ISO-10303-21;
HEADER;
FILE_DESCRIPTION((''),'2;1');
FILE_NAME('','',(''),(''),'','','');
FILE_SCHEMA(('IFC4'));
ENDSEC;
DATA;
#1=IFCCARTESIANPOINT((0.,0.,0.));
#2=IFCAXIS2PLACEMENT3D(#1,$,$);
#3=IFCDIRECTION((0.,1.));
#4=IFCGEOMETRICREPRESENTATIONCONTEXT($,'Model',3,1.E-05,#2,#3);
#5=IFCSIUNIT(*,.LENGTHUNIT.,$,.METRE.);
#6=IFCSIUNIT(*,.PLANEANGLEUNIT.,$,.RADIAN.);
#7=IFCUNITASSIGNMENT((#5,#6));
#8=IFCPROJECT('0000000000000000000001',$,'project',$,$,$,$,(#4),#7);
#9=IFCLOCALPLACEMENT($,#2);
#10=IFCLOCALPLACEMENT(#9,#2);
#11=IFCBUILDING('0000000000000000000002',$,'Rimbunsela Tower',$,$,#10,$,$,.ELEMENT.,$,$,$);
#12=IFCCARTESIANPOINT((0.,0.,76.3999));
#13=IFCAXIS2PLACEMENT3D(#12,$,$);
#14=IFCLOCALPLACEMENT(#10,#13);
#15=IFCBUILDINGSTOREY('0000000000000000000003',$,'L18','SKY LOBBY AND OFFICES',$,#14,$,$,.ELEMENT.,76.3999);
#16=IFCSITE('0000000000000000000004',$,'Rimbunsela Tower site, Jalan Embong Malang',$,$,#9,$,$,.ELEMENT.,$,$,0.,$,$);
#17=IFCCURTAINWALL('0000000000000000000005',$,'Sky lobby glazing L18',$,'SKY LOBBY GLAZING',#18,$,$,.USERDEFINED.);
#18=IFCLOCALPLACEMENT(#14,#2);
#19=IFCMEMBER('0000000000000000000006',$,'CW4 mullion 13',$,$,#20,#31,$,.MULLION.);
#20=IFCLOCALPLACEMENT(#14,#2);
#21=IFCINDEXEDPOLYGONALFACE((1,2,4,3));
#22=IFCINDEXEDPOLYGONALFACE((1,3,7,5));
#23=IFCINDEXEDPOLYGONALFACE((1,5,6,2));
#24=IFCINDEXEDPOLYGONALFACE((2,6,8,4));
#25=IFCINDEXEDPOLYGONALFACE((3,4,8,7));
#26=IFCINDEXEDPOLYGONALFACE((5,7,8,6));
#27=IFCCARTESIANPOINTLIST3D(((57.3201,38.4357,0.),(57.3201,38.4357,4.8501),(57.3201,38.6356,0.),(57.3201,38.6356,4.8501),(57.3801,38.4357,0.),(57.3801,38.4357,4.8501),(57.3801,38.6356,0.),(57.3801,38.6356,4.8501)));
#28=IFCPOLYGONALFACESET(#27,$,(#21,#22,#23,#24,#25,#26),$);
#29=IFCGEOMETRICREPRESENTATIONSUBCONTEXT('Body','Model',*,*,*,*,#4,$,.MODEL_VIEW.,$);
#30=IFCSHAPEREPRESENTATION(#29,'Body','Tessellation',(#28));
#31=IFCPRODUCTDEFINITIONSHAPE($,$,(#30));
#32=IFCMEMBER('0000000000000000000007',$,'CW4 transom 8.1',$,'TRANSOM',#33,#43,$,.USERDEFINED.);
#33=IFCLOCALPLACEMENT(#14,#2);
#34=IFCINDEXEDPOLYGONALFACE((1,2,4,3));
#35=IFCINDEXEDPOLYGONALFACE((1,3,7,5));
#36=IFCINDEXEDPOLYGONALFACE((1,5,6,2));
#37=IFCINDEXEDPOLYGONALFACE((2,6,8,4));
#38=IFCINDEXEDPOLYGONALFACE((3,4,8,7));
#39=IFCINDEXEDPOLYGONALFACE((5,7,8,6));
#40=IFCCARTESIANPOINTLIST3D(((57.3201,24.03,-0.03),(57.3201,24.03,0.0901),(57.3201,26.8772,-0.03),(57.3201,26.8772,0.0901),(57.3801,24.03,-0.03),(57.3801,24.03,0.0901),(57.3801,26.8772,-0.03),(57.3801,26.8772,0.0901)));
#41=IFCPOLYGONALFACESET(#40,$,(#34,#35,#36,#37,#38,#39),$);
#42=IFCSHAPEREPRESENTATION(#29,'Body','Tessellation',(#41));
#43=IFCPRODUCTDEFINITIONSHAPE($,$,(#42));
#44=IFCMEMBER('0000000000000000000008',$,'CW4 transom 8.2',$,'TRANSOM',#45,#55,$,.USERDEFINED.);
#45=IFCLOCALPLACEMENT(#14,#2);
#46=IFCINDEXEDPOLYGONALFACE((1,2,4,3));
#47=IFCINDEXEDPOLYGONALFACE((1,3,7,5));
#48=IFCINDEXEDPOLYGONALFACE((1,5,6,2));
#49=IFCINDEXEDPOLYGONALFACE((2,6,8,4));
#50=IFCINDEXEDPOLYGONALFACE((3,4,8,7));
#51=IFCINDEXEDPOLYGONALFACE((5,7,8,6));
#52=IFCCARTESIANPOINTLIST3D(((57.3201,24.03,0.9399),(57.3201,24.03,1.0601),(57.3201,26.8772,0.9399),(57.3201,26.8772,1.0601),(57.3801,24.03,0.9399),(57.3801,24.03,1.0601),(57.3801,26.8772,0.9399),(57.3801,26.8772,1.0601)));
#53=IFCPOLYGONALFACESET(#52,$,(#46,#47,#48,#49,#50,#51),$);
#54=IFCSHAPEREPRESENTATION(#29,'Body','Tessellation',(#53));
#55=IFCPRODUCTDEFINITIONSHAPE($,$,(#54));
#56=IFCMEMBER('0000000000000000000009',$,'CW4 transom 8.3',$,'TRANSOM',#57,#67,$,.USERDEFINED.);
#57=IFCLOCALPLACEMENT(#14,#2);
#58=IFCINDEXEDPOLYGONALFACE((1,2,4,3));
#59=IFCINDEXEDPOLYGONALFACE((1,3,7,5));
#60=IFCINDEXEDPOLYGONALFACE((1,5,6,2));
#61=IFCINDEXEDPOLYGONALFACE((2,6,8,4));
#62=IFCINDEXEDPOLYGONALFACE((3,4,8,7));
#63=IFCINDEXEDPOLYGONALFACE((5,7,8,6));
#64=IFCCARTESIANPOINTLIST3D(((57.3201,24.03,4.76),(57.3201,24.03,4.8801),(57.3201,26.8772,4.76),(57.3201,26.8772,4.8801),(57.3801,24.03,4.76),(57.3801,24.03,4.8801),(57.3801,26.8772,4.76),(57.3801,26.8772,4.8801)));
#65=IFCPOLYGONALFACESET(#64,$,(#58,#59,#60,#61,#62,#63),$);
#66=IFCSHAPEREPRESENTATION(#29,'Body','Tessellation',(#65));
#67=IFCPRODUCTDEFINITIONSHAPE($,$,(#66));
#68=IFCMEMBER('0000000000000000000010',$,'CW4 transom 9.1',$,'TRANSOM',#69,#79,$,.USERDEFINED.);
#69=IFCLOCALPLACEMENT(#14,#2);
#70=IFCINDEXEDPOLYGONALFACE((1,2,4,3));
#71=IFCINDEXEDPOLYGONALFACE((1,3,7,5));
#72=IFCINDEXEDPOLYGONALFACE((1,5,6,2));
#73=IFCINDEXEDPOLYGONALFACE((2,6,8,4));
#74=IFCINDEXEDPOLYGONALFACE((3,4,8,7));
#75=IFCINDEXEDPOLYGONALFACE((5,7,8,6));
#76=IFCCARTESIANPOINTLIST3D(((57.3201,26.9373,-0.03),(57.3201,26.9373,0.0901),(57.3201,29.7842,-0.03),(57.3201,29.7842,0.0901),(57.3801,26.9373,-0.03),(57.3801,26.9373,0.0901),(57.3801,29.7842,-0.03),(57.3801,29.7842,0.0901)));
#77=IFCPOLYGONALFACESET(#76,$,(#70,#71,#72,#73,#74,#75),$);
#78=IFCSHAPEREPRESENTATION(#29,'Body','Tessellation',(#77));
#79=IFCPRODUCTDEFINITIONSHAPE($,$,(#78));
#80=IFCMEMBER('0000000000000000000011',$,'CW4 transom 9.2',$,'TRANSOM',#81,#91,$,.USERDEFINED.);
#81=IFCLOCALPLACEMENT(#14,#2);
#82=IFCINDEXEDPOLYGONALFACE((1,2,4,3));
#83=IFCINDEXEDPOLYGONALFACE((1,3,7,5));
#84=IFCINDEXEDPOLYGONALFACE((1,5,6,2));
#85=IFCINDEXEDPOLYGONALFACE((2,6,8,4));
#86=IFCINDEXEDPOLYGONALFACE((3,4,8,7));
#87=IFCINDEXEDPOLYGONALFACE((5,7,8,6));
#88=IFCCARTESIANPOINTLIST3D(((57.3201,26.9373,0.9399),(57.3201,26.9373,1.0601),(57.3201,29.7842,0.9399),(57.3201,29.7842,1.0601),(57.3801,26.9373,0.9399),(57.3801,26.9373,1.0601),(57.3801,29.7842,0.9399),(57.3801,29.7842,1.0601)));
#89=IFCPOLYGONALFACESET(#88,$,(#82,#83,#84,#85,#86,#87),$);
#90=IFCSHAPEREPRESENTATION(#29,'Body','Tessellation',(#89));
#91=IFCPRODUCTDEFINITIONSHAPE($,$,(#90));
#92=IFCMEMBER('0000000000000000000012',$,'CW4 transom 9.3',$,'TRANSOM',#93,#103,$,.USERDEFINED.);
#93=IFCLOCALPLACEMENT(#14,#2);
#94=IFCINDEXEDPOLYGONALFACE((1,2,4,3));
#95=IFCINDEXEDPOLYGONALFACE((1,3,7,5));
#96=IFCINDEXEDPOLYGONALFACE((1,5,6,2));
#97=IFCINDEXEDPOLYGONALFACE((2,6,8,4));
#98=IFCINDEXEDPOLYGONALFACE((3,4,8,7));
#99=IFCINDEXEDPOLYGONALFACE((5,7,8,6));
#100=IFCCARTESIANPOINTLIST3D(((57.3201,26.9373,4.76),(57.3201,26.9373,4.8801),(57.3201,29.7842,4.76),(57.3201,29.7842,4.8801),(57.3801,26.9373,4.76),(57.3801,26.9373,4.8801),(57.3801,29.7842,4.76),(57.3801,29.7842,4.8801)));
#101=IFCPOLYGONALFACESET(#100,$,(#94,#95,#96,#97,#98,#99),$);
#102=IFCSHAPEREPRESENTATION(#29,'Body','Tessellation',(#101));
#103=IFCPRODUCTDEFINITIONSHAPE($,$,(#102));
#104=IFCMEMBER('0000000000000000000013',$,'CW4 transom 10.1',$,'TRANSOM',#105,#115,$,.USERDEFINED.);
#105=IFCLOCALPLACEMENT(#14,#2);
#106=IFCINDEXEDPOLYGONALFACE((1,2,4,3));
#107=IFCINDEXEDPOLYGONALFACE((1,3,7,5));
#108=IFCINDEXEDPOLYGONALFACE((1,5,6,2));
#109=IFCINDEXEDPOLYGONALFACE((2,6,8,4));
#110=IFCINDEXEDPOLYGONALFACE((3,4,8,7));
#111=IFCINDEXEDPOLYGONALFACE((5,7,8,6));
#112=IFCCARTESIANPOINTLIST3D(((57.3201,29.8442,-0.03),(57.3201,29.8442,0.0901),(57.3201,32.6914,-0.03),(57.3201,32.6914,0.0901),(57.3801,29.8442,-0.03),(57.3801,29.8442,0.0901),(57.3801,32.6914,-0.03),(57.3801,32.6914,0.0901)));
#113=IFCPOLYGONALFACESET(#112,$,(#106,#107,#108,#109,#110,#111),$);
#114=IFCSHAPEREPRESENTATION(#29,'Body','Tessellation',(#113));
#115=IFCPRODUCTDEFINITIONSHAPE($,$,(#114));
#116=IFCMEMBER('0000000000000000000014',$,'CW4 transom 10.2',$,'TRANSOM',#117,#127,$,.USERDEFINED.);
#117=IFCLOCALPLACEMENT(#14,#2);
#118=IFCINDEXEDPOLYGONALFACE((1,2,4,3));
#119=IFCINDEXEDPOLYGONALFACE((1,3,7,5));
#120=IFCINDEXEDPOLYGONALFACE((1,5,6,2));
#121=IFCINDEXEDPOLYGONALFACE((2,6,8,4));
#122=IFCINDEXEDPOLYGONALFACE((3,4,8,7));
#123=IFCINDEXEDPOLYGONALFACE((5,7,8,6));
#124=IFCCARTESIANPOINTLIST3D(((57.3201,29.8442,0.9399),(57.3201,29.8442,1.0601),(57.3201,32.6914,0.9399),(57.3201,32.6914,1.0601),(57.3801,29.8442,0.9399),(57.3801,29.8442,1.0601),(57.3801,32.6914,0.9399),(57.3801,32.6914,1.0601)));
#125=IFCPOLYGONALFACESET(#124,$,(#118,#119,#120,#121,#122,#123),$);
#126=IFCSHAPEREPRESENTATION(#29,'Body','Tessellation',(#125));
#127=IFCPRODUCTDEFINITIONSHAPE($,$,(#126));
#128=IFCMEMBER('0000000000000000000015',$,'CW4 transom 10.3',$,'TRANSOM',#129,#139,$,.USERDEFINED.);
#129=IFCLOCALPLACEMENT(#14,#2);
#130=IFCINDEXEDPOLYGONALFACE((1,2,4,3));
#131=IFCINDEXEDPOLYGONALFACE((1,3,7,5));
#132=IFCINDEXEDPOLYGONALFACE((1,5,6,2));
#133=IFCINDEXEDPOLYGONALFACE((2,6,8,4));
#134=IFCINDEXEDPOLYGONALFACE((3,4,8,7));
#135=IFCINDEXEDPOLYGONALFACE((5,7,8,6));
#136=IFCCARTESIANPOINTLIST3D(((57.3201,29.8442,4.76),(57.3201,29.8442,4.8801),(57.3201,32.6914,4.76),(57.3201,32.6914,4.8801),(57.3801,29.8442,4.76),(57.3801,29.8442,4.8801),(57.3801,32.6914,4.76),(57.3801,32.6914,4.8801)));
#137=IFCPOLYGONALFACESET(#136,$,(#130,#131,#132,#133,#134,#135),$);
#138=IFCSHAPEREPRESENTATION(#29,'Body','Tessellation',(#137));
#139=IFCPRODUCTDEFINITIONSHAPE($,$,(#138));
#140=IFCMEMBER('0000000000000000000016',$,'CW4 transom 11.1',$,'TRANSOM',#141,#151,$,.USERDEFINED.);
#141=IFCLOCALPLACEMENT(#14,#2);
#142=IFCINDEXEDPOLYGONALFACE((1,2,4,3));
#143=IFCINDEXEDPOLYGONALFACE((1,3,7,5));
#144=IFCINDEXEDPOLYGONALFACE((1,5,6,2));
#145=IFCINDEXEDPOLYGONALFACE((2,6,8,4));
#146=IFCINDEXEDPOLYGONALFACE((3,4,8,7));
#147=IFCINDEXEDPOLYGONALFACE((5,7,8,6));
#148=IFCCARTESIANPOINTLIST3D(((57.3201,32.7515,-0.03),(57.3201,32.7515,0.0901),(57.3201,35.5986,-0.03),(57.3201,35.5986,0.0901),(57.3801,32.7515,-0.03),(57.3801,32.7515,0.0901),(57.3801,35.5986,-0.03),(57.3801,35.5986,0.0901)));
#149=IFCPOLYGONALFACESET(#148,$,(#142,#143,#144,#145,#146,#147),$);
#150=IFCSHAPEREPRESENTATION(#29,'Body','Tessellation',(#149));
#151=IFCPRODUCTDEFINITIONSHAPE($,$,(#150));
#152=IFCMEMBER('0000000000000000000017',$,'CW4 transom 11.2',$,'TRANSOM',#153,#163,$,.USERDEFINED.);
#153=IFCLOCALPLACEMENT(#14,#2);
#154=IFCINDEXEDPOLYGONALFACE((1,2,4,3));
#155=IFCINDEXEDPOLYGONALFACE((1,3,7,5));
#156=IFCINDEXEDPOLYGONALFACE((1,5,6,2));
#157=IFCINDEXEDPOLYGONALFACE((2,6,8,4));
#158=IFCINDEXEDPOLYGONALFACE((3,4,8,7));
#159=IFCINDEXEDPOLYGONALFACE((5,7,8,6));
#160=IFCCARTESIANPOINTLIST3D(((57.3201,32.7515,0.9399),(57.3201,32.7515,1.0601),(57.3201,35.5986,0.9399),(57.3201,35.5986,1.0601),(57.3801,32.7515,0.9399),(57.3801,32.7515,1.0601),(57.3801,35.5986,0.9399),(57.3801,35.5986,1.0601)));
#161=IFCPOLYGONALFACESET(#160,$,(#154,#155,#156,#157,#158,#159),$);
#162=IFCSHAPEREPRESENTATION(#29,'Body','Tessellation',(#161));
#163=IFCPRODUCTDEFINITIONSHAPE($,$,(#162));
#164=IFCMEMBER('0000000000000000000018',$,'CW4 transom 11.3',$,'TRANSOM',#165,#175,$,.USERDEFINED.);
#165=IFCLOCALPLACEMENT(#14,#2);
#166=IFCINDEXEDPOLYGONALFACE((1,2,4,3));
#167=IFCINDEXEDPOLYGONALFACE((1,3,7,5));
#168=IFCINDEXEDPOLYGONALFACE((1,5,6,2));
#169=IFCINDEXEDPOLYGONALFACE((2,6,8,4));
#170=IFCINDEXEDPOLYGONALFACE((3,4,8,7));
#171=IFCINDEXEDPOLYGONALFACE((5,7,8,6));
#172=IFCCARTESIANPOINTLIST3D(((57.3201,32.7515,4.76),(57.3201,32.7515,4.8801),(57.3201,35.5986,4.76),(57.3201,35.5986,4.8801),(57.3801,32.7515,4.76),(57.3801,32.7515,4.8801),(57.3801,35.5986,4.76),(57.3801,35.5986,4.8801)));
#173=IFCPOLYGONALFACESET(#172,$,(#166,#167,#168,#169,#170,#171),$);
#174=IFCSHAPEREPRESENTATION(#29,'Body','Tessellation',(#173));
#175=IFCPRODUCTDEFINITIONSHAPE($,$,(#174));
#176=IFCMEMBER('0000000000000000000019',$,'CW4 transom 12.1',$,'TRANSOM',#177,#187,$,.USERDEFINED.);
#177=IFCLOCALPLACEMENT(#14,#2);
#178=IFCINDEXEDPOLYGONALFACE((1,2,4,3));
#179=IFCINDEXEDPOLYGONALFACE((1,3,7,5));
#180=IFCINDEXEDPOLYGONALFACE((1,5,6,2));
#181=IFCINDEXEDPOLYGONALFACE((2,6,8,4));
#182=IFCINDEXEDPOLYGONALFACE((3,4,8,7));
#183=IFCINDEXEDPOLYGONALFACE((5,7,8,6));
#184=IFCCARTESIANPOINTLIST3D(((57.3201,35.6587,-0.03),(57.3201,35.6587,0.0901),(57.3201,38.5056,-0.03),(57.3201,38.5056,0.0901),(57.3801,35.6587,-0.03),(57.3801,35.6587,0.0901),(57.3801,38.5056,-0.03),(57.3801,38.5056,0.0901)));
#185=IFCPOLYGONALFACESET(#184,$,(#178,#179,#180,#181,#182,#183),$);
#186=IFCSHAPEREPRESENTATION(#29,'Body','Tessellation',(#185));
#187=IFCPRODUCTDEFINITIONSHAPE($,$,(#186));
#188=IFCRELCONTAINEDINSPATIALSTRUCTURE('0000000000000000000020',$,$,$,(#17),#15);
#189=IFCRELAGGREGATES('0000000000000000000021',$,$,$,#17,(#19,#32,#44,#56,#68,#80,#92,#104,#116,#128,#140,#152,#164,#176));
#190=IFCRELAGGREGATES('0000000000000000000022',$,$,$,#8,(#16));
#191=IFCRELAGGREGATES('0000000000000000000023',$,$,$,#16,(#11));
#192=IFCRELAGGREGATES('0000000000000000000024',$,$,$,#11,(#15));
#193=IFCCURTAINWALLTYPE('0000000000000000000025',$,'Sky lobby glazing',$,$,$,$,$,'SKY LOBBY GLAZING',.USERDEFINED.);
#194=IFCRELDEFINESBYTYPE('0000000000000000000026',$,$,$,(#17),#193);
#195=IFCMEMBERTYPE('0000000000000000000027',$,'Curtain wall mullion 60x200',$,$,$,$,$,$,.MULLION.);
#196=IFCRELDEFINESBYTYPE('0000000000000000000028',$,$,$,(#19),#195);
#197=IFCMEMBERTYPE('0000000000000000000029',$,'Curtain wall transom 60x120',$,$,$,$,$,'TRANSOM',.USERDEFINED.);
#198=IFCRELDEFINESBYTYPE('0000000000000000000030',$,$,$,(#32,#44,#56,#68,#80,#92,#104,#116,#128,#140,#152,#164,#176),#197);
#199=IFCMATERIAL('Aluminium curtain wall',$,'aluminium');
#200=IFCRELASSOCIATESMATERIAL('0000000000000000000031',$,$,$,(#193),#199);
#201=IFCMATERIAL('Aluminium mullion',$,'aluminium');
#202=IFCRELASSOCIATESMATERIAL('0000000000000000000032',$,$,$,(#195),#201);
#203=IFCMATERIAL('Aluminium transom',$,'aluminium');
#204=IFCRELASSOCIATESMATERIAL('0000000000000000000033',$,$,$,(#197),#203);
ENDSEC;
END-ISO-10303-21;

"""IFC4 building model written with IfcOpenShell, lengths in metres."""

from ifc_helpers import new_model, si_unit, direction, frame, origin, origin_2d, place, context, subcontext, project, spatial, rectangle, extrude, material, material_profile, profile_set, type_object, element, aggregate, save


model = new_model("IFC4")

# Units and contexts
model_context = context("Model", 3, precision=1e-05, world=origin(), true_north=direction((0.0, 1.0)))
body_context = subcontext(model_context, "Body", "Model", "MODEL_VIEW")
ifc_project = project(units=[si_unit("LENGTHUNIT", "METRE"), si_unit("PLANEANGLEUNIT", "RADIAN")], contexts=[model_context])

# Site, building, storey
site_placement = place(None, origin())
site = spatial("IfcSite", under=ifc_project, at=site_placement, Name="Rimbunsela Tower site, Jalan Embong Malang", CompositionType="ELEMENT", RefElevation=0.0)
building_placement = place(site_placement, origin())
building = spatial("IfcBuilding", under=site, at=building_placement, Name="Rimbunsela Tower", CompositionType="ELEMENT")
storey_placement = place(building_placement, frame((0.0, 0.0, 76.3999)))
storey = spatial("IfcBuildingStorey", under=building, at=storey_placement, Name="L18", Description="SKY LOBBY AND OFFICES", CompositionType="ELEMENT", Elevation=76.3999)

# Curtain wall, members
ifc_material_1 = material(Name="Aluminium curtain wall", Category="aluminium")
curtain_wall_type = type_object("IfcCurtainWallType", Name="Sky lobby glazing", ElementType="SKY LOBBY GLAZING", PredefinedType="USERDEFINED", material=ifc_material_1)
curtain_wall_placement = place(storey_placement, origin())
curtain_wall = element("IfcCurtainWall", 1, at=curtain_wall_placement, inside=storey, type_object=curtain_wall_type, Name="Sky lobby glazing L18", ObjectType="SKY LOBBY GLAZING", PredefinedType="USERDEFINED")
ifc_material_2 = material(Name="Aluminium mullion", Category="aluminium")
ifc_material_profile_1 = material_profile(ifc_material_2, rectangle(XDim=0.0601, YDim=0.2, at=origin_2d()), Name="Mullion 60x200")
ifc_profile_set_1 = profile_set([ifc_material_profile_1], Name="Aluminium mullion")
member_type_1 = type_object("IfcMemberType", Name="Curtain wall mullion 60x200", PredefinedType="MULLION", material=ifc_profile_set_1)
member_1_placement = place(storey_placement, frame((57.3501, 38.5356, 0.0), z_axis=(0.0, 0.0, 1.0), x_axis=(-1.0, 0.0, 0.0)))
member_1 = element("IfcMember", 2, at=member_1_placement, type_object=member_type_1, Name="CW4 mullion 13", PredefinedType="MULLION", context=body_context, shape_type="SweptSolid", body=[
    extrude(rectangle(XDim=0.0601, YDim=0.2, at=origin_2d()), origin(), (0.0, 0.0, 1.0), 4.8501),
])
ifc_material_3 = material(Name="Aluminium transom", Category="aluminium")
ifc_material_profile_2 = material_profile(ifc_material_3, rectangle(XDim=0.0601, YDim=0.1201, at=origin_2d()), Name="Transom 60x120")
ifc_profile_set_2 = profile_set([ifc_material_profile_2], Name="Aluminium transom")
member_type_2 = type_object("IfcMemberType", Name="Curtain wall transom 60x120", ElementType="TRANSOM", PredefinedType="USERDEFINED", material=ifc_profile_set_2)
member_2_placement = place(storey_placement, frame((57.3501, 24.03, 0.03), z_axis=(0.0, 1.0, 0.0), x_axis=(-1.0, 0.0, 0.0)))
member_2 = element("IfcMember", 3, at=member_2_placement, type_object=member_type_2, Name="CW4 transom 8.1", ObjectType="TRANSOM", PredefinedType="USERDEFINED", context=body_context, shape_type="SweptSolid", body=[
    extrude(rectangle(XDim=0.0601, YDim=0.1201, at=origin_2d()), origin(), (0.0, 0.0, 1.0), 2.8472),
])
member_3_placement = place(storey_placement, frame((57.3501, 24.03, 1.0), z_axis=(0.0, 1.0, 0.0), x_axis=(-1.0, 0.0, 0.0)))
member_3 = element("IfcMember", 4, at=member_3_placement, type_object=member_type_2, Name="CW4 transom 8.2", ObjectType="TRANSOM", PredefinedType="USERDEFINED", context=body_context, shape_type="SweptSolid", body=[
    extrude(rectangle(XDim=0.0601, YDim=0.1201, at=origin_2d()), origin(), (0.0, 0.0, 1.0), 2.8472),
])
member_4_placement = place(storey_placement, frame((57.3501, 24.03, 4.8201), z_axis=(0.0, 1.0, 0.0), x_axis=(-1.0, 0.0, 0.0)))
member_4 = element("IfcMember", 5, at=member_4_placement, type_object=member_type_2, Name="CW4 transom 8.3", ObjectType="TRANSOM", PredefinedType="USERDEFINED", context=body_context, shape_type="SweptSolid", body=[
    extrude(rectangle(XDim=0.0601, YDim=0.1201, at=origin_2d()), origin(), (0.0, 0.0, 1.0), 2.8472),
])
member_5_placement = place(storey_placement, frame((57.3501, 26.9373, 0.03), z_axis=(0.0, 1.0, 0.0), x_axis=(-1.0, 0.0, 0.0)))
member_5 = element("IfcMember", 6, at=member_5_placement, type_object=member_type_2, Name="CW4 transom 9.1", ObjectType="TRANSOM", PredefinedType="USERDEFINED", context=body_context, shape_type="SweptSolid", body=[
    extrude(rectangle(XDim=0.0601, YDim=0.1201, at=origin_2d()), origin(), (0.0, 0.0, 1.0), 2.8469),
])
member_6_placement = place(storey_placement, frame((57.3501, 26.9373, 1.0), z_axis=(0.0, 1.0, 0.0), x_axis=(-1.0, 0.0, 0.0)))
member_6 = element("IfcMember", 7, at=member_6_placement, type_object=member_type_2, Name="CW4 transom 9.2", ObjectType="TRANSOM", PredefinedType="USERDEFINED", context=body_context, shape_type="SweptSolid", body=[
    extrude(rectangle(XDim=0.0601, YDim=0.1201, at=origin_2d()), origin(), (0.0, 0.0, 1.0), 2.8469),
])
member_7_placement = place(storey_placement, frame((57.3501, 26.9373, 4.8201), z_axis=(0.0, 1.0, 0.0), x_axis=(-1.0, 0.0, 0.0)))
member_7 = element("IfcMember", 8, at=member_7_placement, type_object=member_type_2, Name="CW4 transom 9.3", ObjectType="TRANSOM", PredefinedType="USERDEFINED", context=body_context, shape_type="SweptSolid", body=[
    extrude(rectangle(XDim=0.0601, YDim=0.1201, at=origin_2d()), origin(), (0.0, 0.0, 1.0), 2.8469),
])
member_8_placement = place(storey_placement, frame((57.3501, 29.8442, 0.03), z_axis=(0.0, 1.0, 0.0), x_axis=(-1.0, 0.0, 0.0)))
member_8 = element("IfcMember", 9, at=member_8_placement, type_object=member_type_2, Name="CW4 transom 10.1", ObjectType="TRANSOM", PredefinedType="USERDEFINED", context=body_context, shape_type="SweptSolid", body=[
    extrude(rectangle(XDim=0.0601, YDim=0.1201, at=origin_2d()), origin(), (0.0, 0.0, 1.0), 2.8472),
])
member_9_placement = place(storey_placement, frame((57.3501, 29.8442, 1.0), z_axis=(0.0, 1.0, 0.0), x_axis=(-1.0, 0.0, 0.0)))
member_9 = element("IfcMember", 10, at=member_9_placement, type_object=member_type_2, Name="CW4 transom 10.2", ObjectType="TRANSOM", PredefinedType="USERDEFINED", context=body_context, shape_type="SweptSolid", body=[
    extrude(rectangle(XDim=0.0601, YDim=0.1201, at=origin_2d()), origin(), (0.0, 0.0, 1.0), 2.8472),
])
member_10_placement = place(storey_placement, frame((57.3501, 29.8442, 4.8201), z_axis=(0.0, 1.0, 0.0), x_axis=(-1.0, 0.0, 0.0)))
member_10 = element("IfcMember", 11, at=member_10_placement, type_object=member_type_2, Name="CW4 transom 10.3", ObjectType="TRANSOM", PredefinedType="USERDEFINED", context=body_context, shape_type="SweptSolid", body=[
    extrude(rectangle(XDim=0.0601, YDim=0.1201, at=origin_2d()), origin(), (0.0, 0.0, 1.0), 2.8472),
])
member_11_placement = place(storey_placement, frame((57.3501, 32.7515, 0.03), z_axis=(0.0, 1.0, 0.0), x_axis=(-1.0, 0.0, 0.0)))
member_11 = element("IfcMember", 12, at=member_11_placement, type_object=member_type_2, Name="CW4 transom 11.1", ObjectType="TRANSOM", PredefinedType="USERDEFINED", context=body_context, shape_type="SweptSolid", body=[
    extrude(rectangle(XDim=0.0601, YDim=0.1201, at=origin_2d()), origin(), (0.0, 0.0, 1.0), 2.8472),
])
member_12_placement = place(storey_placement, frame((57.3501, 32.7515, 1.0), z_axis=(0.0, 1.0, 0.0), x_axis=(-1.0, 0.0, 0.0)))
member_12 = element("IfcMember", 13, at=member_12_placement, type_object=member_type_2, Name="CW4 transom 11.2", ObjectType="TRANSOM", PredefinedType="USERDEFINED", context=body_context, shape_type="SweptSolid", body=[
    extrude(rectangle(XDim=0.0601, YDim=0.1201, at=origin_2d()), origin(), (0.0, 0.0, 1.0), 2.8472),
])
member_13_placement = place(storey_placement, frame((57.3501, 32.7515, 4.8201), z_axis=(0.0, 1.0, 0.0), x_axis=(-1.0, 0.0, 0.0)))
member_13 = element("IfcMember", 14, at=member_13_placement, type_object=member_type_2, Name="CW4 transom 11.3", ObjectType="TRANSOM", PredefinedType="USERDEFINED", context=body_context, shape_type="SweptSolid", body=[
    extrude(rectangle(XDim=0.0601, YDim=0.1201, at=origin_2d()), origin(), (0.0, 0.0, 1.0), 2.8472),
])
member_14_placement = place(storey_placement, frame((57.3501, 35.6587, 0.03), z_axis=(0.0, 1.0, 0.0), x_axis=(-1.0, 0.0, 0.0)))
member_14 = element("IfcMember", 15, at=member_14_placement, type_object=member_type_2, Name="CW4 transom 12.1", ObjectType="TRANSOM", PredefinedType="USERDEFINED", context=body_context, shape_type="SweptSolid", body=[
    extrude(rectangle(XDim=0.0601, YDim=0.1201, at=origin_2d()), origin(), (0.0, 0.0, 1.0), 2.8469),
])
aggregate(curtain_wall, [member_1, member_2, member_3, member_4, member_5, member_6, member_7, member_8, member_9, member_10, member_11, member_12, member_13, member_14])

save(model, "model.ifc")
